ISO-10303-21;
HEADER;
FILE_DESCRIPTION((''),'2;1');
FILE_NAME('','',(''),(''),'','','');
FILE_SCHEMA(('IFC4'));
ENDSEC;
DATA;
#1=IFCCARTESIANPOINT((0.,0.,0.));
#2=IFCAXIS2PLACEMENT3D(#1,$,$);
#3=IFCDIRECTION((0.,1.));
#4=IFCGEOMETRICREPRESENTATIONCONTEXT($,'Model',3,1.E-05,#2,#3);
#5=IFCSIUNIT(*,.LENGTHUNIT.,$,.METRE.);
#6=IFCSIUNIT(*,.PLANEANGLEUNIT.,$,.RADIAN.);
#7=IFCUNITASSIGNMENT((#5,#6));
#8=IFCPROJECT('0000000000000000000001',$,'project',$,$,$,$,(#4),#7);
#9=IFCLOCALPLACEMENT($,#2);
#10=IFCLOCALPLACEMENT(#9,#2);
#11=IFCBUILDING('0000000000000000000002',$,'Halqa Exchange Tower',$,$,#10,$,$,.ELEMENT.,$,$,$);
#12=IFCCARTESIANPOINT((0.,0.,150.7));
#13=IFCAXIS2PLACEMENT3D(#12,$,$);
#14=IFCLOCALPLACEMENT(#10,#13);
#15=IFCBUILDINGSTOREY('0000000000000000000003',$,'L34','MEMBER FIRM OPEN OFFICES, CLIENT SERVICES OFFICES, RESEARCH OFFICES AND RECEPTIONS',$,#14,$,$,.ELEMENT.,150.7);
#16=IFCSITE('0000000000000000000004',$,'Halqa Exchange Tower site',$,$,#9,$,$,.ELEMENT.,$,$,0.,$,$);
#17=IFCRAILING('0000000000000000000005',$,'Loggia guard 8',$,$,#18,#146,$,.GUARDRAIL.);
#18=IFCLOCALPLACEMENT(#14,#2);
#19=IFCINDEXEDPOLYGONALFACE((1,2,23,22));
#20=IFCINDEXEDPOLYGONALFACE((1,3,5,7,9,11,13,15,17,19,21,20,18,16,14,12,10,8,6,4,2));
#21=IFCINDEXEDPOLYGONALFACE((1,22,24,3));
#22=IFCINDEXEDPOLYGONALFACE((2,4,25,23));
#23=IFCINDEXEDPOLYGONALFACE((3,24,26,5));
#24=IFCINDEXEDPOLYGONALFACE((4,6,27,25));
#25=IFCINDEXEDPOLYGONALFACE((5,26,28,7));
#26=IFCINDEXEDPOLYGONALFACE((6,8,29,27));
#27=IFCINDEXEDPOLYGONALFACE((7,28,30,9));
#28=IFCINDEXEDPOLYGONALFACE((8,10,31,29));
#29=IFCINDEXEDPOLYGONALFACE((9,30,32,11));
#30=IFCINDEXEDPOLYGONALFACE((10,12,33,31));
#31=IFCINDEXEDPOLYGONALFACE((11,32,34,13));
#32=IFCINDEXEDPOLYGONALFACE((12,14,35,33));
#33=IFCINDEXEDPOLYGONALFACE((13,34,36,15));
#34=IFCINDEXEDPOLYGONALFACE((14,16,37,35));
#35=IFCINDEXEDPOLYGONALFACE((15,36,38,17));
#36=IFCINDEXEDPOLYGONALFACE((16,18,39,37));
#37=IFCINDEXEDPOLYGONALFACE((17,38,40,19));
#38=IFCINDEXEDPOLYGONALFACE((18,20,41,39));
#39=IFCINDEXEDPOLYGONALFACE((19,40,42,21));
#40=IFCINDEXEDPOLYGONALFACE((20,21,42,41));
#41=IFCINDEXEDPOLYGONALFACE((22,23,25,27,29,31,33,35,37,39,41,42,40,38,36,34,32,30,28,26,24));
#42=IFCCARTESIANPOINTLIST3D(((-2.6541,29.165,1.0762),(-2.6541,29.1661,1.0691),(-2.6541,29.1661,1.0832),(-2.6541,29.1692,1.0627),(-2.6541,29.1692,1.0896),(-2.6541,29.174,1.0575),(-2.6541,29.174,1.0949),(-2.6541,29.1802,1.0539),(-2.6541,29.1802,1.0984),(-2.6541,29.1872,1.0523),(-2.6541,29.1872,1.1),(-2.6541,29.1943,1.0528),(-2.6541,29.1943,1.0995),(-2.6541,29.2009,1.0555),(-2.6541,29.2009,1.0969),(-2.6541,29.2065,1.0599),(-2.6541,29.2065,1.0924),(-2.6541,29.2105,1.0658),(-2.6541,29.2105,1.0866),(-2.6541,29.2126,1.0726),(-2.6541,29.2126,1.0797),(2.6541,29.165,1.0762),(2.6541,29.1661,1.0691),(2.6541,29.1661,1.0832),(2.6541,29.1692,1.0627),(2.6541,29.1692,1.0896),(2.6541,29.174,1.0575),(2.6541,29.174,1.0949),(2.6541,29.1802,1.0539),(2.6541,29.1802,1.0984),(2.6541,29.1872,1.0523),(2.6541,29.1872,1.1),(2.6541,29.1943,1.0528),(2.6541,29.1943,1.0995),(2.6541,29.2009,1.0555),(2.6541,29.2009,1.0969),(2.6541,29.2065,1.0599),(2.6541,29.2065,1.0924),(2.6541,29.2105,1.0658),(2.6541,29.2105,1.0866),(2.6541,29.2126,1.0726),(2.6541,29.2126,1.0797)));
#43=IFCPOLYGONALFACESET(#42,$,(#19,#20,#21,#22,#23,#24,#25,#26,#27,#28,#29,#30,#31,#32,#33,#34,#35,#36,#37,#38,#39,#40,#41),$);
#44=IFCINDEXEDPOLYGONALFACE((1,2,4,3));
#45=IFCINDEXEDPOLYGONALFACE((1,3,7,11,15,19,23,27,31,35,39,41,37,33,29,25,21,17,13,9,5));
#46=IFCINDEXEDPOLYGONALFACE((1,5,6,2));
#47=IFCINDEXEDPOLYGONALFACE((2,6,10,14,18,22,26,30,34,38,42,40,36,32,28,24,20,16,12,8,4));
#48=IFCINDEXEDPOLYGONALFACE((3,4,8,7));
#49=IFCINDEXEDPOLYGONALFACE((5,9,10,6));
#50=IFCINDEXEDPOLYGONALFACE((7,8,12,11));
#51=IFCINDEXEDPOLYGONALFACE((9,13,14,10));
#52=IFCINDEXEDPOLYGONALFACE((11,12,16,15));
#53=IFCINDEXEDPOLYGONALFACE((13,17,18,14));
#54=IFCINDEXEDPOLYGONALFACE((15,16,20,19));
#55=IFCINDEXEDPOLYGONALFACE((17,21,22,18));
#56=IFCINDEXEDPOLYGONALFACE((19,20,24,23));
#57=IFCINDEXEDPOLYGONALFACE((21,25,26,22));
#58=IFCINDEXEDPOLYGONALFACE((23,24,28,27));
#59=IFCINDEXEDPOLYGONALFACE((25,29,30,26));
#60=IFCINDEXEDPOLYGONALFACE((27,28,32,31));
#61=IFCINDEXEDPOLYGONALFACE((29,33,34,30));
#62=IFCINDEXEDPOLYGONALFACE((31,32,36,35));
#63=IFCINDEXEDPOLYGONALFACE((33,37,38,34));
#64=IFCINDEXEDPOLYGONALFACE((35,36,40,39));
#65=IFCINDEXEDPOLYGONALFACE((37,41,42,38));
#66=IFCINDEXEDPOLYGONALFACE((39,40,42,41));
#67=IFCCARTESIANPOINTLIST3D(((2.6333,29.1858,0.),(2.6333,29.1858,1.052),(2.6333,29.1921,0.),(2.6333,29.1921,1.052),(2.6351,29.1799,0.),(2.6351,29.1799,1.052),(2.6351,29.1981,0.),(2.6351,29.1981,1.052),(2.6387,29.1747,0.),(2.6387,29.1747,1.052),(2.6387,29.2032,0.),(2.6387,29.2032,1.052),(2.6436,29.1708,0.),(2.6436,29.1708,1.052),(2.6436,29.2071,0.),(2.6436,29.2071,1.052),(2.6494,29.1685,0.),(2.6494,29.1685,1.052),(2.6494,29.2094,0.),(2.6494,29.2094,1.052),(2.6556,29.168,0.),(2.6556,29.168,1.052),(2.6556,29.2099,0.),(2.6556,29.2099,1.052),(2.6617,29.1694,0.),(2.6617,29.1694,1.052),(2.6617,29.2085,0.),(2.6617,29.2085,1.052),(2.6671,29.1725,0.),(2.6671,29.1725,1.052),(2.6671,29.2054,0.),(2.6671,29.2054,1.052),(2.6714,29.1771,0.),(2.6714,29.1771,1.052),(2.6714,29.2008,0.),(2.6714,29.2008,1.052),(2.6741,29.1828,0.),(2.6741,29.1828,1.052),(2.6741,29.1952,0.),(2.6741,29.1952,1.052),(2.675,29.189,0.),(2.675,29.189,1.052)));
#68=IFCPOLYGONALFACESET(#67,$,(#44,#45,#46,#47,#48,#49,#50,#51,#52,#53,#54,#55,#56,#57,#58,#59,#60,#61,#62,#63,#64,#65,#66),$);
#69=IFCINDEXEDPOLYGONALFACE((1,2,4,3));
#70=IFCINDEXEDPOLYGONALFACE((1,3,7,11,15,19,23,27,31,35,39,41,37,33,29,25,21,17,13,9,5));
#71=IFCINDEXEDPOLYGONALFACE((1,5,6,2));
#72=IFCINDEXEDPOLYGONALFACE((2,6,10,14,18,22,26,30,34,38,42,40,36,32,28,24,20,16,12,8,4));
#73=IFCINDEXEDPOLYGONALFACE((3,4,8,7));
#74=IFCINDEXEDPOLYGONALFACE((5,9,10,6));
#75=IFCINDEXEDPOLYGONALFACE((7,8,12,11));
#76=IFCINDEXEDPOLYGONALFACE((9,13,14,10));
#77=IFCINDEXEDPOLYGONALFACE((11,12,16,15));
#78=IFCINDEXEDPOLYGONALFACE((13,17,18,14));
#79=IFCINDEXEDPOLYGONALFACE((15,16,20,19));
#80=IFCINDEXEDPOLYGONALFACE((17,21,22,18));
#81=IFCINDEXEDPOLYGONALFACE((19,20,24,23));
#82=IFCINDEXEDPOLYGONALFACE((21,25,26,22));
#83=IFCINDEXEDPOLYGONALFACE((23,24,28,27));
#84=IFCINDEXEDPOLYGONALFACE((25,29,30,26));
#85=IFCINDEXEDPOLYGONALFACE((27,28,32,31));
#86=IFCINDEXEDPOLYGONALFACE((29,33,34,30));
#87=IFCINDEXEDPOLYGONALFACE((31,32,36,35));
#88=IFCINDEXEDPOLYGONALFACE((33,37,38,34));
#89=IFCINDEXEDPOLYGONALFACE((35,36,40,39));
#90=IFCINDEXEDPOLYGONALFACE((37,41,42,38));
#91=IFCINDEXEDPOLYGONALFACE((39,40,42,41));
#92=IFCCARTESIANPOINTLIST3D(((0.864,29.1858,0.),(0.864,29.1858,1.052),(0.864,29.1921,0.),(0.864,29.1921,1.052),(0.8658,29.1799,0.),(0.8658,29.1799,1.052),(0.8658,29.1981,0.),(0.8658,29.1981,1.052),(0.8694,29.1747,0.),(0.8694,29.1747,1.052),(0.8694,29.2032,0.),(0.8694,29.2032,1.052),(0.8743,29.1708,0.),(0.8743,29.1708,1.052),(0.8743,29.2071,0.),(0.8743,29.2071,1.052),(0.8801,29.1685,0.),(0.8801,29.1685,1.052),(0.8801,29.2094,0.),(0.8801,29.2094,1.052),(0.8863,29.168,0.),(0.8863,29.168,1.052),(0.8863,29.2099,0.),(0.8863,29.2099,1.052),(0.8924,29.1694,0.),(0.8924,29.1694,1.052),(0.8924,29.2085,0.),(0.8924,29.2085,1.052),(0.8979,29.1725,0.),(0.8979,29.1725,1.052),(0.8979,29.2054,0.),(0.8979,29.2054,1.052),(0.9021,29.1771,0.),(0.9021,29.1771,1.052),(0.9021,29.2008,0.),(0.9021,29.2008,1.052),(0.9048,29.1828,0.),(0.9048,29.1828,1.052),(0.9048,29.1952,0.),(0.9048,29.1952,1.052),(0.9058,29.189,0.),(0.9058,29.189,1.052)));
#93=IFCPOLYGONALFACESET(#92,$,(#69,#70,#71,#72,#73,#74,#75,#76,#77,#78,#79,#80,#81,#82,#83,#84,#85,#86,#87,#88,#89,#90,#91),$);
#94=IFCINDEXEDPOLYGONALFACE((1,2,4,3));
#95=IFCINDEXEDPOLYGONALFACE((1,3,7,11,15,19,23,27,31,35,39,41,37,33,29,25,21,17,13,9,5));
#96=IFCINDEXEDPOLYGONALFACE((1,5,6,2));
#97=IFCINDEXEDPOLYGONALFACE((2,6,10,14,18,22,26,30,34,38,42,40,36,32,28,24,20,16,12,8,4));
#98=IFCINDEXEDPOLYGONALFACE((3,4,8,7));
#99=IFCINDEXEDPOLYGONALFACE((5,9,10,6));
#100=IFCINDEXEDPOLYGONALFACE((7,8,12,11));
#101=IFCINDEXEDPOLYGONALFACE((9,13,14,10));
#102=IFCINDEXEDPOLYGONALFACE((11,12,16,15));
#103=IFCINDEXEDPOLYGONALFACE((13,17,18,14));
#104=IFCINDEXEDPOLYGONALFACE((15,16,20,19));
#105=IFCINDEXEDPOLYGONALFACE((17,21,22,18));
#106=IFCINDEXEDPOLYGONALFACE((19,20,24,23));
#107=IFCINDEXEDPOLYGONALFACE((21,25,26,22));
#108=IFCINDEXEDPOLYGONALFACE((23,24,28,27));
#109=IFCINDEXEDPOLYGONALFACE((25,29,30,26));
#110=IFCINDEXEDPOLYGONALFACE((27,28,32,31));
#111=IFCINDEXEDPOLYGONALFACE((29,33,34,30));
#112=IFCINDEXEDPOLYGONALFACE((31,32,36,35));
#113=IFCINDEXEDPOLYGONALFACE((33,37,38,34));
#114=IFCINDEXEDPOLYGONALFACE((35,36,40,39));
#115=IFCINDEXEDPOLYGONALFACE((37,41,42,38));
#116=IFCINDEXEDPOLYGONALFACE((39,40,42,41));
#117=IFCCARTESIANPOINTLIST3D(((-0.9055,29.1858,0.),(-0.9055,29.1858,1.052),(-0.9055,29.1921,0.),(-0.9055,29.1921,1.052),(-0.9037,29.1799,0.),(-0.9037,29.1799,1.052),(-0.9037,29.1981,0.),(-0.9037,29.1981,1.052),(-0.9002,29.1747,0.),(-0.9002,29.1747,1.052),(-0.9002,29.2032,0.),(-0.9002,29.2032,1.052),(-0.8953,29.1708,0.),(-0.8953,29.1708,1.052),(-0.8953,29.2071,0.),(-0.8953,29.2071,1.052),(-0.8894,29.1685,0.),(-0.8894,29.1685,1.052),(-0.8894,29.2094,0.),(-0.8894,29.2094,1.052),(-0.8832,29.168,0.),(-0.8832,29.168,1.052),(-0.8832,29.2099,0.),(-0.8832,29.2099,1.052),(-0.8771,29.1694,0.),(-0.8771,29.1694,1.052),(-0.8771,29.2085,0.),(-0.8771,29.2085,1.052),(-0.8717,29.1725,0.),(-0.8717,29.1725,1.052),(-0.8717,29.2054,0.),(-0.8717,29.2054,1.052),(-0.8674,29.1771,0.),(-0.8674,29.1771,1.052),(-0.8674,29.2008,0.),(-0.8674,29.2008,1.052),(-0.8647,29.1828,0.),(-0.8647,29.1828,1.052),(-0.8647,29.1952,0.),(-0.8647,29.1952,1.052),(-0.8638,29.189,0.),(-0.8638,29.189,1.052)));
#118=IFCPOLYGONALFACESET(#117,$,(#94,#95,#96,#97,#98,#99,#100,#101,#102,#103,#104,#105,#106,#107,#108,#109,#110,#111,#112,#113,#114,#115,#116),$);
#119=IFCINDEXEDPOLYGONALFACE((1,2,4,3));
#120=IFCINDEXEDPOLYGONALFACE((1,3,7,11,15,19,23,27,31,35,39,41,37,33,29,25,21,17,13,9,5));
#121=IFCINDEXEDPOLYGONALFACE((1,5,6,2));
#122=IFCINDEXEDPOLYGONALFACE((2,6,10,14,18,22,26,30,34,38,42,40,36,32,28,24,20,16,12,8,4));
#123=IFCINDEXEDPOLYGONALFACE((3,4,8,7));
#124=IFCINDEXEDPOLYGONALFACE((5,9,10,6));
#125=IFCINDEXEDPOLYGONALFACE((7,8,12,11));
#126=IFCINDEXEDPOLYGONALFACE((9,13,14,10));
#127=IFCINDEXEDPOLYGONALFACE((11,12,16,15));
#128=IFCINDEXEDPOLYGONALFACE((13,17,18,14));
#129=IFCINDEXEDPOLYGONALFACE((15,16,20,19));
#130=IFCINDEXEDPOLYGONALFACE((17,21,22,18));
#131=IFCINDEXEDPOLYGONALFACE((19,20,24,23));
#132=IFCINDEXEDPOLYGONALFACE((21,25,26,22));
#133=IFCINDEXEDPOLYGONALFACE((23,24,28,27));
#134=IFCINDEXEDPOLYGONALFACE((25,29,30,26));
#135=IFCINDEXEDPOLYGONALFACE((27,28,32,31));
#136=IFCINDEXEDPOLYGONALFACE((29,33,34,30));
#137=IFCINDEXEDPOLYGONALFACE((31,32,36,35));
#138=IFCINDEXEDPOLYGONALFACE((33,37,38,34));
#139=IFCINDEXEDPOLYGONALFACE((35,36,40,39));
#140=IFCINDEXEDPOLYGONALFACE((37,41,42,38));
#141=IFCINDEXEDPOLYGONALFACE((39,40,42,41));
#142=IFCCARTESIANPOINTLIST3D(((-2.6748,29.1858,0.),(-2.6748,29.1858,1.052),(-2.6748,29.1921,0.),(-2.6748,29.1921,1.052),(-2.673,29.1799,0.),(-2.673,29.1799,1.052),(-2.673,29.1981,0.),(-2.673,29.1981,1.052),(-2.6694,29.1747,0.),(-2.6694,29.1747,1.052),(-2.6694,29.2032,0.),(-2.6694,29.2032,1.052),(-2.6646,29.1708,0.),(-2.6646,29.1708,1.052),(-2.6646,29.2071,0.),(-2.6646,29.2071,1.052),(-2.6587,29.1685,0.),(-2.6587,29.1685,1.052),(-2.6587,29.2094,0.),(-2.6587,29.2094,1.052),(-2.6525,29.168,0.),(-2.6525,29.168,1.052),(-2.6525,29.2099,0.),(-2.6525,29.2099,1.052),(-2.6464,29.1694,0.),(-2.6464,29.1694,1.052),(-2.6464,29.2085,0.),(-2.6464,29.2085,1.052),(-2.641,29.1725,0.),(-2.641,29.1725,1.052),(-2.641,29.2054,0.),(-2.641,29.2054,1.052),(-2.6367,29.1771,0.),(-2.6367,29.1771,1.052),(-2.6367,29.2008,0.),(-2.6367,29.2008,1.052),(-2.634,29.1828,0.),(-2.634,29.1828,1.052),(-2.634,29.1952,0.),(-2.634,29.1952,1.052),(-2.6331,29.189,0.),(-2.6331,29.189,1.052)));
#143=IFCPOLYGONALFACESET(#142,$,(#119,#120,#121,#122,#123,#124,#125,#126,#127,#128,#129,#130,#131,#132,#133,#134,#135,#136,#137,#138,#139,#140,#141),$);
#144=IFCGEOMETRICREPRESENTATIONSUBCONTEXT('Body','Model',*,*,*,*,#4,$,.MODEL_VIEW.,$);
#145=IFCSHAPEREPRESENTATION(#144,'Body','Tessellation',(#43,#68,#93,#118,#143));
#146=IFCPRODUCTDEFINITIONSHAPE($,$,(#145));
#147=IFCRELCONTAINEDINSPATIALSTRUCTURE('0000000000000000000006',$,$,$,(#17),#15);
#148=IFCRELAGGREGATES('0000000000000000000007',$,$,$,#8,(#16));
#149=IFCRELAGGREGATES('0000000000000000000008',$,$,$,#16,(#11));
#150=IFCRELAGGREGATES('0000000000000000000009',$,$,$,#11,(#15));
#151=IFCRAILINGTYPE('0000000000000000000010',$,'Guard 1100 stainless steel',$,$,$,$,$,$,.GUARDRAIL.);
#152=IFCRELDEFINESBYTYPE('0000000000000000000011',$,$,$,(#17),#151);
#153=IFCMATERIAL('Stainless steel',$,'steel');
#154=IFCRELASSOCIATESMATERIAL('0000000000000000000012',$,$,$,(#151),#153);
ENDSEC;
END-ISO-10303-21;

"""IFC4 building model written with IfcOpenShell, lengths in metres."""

from ifc_helpers import new_model, si_unit, direction, frame, origin, origin_2d, place, context, subcontext, project, spatial, circle, extrude, material, type_object, element, save


model = new_model("IFC4")

# Units and contexts
model_context = context("Model", 3, precision=1e-05, world=origin(), true_north=direction((0.0, 1.0)))
body_context = subcontext(model_context, "Body", "Model", "MODEL_VIEW")
ifc_project = project(units=[si_unit("LENGTHUNIT", "METRE"), si_unit("PLANEANGLEUNIT", "RADIAN")], contexts=[model_context])

# Site, building, storey
site_placement = place(None, origin())
site = spatial("IfcSite", under=ifc_project, at=site_placement, Name="Halqa Exchange Tower site", CompositionType="ELEMENT", RefElevation=0.0)
building_placement = place(site_placement, origin())
building = spatial("IfcBuilding", under=site, at=building_placement, Name="Halqa Exchange Tower", CompositionType="ELEMENT")
storey_placement = place(building_placement, frame((0.0, 0.0, 150.7)))
storey = spatial("IfcBuildingStorey", under=building, at=storey_placement, Name="L34", Description="MEMBER FIRM OPEN OFFICES, CLIENT SERVICES OFFICES, RESEARCH OFFICES AND RECEPTIONS", CompositionType="ELEMENT", Elevation=150.7)

# Railing
ifc_material_1 = material(Name="Stainless steel", Category="steel")
railing_type = type_object("IfcRailingType", Name="Guard 1100 stainless steel", PredefinedType="GUARDRAIL", material=ifc_material_1)
railing_1_placement = place(storey_placement, frame((2.6541, 29.189, 0.0)))
element("IfcRailing", 1, at=railing_1_placement, inside=storey, type_object=railing_type, Name="Loggia guard 8", PredefinedType="GUARDRAIL", context=body_context, shape_type="SweptSolid", body=[
    extrude(circle(Radius=0.0239, at=origin_2d()), frame((0.0, 0.0, 1.0762), z_axis=(-1.0, 0.0, 0.0), x_axis=(0.0, -1.0, 0.0)), (0.0, 0.0, 1.0), 5.3081),
    extrude(circle(Radius=0.021, at=origin_2d()), origin(), (0.0, 0.0, 1.0), 1.052),
    extrude(circle(Radius=0.021, at=origin_2d()), frame((-1.7693, 0.0, 0.0)), (0.0, 0.0, 1.0), 1.052),
    extrude(circle(Radius=0.021, at=origin_2d()), frame((-3.5388, 0.0, 0.0)), (0.0, 0.0, 1.0), 1.052),
    extrude(circle(Radius=0.021, at=origin_2d()), frame((-5.3081, 0.0, 0.0)), (0.0, 0.0, 1.0), 1.052),
])

save(model, "model.ifc")
